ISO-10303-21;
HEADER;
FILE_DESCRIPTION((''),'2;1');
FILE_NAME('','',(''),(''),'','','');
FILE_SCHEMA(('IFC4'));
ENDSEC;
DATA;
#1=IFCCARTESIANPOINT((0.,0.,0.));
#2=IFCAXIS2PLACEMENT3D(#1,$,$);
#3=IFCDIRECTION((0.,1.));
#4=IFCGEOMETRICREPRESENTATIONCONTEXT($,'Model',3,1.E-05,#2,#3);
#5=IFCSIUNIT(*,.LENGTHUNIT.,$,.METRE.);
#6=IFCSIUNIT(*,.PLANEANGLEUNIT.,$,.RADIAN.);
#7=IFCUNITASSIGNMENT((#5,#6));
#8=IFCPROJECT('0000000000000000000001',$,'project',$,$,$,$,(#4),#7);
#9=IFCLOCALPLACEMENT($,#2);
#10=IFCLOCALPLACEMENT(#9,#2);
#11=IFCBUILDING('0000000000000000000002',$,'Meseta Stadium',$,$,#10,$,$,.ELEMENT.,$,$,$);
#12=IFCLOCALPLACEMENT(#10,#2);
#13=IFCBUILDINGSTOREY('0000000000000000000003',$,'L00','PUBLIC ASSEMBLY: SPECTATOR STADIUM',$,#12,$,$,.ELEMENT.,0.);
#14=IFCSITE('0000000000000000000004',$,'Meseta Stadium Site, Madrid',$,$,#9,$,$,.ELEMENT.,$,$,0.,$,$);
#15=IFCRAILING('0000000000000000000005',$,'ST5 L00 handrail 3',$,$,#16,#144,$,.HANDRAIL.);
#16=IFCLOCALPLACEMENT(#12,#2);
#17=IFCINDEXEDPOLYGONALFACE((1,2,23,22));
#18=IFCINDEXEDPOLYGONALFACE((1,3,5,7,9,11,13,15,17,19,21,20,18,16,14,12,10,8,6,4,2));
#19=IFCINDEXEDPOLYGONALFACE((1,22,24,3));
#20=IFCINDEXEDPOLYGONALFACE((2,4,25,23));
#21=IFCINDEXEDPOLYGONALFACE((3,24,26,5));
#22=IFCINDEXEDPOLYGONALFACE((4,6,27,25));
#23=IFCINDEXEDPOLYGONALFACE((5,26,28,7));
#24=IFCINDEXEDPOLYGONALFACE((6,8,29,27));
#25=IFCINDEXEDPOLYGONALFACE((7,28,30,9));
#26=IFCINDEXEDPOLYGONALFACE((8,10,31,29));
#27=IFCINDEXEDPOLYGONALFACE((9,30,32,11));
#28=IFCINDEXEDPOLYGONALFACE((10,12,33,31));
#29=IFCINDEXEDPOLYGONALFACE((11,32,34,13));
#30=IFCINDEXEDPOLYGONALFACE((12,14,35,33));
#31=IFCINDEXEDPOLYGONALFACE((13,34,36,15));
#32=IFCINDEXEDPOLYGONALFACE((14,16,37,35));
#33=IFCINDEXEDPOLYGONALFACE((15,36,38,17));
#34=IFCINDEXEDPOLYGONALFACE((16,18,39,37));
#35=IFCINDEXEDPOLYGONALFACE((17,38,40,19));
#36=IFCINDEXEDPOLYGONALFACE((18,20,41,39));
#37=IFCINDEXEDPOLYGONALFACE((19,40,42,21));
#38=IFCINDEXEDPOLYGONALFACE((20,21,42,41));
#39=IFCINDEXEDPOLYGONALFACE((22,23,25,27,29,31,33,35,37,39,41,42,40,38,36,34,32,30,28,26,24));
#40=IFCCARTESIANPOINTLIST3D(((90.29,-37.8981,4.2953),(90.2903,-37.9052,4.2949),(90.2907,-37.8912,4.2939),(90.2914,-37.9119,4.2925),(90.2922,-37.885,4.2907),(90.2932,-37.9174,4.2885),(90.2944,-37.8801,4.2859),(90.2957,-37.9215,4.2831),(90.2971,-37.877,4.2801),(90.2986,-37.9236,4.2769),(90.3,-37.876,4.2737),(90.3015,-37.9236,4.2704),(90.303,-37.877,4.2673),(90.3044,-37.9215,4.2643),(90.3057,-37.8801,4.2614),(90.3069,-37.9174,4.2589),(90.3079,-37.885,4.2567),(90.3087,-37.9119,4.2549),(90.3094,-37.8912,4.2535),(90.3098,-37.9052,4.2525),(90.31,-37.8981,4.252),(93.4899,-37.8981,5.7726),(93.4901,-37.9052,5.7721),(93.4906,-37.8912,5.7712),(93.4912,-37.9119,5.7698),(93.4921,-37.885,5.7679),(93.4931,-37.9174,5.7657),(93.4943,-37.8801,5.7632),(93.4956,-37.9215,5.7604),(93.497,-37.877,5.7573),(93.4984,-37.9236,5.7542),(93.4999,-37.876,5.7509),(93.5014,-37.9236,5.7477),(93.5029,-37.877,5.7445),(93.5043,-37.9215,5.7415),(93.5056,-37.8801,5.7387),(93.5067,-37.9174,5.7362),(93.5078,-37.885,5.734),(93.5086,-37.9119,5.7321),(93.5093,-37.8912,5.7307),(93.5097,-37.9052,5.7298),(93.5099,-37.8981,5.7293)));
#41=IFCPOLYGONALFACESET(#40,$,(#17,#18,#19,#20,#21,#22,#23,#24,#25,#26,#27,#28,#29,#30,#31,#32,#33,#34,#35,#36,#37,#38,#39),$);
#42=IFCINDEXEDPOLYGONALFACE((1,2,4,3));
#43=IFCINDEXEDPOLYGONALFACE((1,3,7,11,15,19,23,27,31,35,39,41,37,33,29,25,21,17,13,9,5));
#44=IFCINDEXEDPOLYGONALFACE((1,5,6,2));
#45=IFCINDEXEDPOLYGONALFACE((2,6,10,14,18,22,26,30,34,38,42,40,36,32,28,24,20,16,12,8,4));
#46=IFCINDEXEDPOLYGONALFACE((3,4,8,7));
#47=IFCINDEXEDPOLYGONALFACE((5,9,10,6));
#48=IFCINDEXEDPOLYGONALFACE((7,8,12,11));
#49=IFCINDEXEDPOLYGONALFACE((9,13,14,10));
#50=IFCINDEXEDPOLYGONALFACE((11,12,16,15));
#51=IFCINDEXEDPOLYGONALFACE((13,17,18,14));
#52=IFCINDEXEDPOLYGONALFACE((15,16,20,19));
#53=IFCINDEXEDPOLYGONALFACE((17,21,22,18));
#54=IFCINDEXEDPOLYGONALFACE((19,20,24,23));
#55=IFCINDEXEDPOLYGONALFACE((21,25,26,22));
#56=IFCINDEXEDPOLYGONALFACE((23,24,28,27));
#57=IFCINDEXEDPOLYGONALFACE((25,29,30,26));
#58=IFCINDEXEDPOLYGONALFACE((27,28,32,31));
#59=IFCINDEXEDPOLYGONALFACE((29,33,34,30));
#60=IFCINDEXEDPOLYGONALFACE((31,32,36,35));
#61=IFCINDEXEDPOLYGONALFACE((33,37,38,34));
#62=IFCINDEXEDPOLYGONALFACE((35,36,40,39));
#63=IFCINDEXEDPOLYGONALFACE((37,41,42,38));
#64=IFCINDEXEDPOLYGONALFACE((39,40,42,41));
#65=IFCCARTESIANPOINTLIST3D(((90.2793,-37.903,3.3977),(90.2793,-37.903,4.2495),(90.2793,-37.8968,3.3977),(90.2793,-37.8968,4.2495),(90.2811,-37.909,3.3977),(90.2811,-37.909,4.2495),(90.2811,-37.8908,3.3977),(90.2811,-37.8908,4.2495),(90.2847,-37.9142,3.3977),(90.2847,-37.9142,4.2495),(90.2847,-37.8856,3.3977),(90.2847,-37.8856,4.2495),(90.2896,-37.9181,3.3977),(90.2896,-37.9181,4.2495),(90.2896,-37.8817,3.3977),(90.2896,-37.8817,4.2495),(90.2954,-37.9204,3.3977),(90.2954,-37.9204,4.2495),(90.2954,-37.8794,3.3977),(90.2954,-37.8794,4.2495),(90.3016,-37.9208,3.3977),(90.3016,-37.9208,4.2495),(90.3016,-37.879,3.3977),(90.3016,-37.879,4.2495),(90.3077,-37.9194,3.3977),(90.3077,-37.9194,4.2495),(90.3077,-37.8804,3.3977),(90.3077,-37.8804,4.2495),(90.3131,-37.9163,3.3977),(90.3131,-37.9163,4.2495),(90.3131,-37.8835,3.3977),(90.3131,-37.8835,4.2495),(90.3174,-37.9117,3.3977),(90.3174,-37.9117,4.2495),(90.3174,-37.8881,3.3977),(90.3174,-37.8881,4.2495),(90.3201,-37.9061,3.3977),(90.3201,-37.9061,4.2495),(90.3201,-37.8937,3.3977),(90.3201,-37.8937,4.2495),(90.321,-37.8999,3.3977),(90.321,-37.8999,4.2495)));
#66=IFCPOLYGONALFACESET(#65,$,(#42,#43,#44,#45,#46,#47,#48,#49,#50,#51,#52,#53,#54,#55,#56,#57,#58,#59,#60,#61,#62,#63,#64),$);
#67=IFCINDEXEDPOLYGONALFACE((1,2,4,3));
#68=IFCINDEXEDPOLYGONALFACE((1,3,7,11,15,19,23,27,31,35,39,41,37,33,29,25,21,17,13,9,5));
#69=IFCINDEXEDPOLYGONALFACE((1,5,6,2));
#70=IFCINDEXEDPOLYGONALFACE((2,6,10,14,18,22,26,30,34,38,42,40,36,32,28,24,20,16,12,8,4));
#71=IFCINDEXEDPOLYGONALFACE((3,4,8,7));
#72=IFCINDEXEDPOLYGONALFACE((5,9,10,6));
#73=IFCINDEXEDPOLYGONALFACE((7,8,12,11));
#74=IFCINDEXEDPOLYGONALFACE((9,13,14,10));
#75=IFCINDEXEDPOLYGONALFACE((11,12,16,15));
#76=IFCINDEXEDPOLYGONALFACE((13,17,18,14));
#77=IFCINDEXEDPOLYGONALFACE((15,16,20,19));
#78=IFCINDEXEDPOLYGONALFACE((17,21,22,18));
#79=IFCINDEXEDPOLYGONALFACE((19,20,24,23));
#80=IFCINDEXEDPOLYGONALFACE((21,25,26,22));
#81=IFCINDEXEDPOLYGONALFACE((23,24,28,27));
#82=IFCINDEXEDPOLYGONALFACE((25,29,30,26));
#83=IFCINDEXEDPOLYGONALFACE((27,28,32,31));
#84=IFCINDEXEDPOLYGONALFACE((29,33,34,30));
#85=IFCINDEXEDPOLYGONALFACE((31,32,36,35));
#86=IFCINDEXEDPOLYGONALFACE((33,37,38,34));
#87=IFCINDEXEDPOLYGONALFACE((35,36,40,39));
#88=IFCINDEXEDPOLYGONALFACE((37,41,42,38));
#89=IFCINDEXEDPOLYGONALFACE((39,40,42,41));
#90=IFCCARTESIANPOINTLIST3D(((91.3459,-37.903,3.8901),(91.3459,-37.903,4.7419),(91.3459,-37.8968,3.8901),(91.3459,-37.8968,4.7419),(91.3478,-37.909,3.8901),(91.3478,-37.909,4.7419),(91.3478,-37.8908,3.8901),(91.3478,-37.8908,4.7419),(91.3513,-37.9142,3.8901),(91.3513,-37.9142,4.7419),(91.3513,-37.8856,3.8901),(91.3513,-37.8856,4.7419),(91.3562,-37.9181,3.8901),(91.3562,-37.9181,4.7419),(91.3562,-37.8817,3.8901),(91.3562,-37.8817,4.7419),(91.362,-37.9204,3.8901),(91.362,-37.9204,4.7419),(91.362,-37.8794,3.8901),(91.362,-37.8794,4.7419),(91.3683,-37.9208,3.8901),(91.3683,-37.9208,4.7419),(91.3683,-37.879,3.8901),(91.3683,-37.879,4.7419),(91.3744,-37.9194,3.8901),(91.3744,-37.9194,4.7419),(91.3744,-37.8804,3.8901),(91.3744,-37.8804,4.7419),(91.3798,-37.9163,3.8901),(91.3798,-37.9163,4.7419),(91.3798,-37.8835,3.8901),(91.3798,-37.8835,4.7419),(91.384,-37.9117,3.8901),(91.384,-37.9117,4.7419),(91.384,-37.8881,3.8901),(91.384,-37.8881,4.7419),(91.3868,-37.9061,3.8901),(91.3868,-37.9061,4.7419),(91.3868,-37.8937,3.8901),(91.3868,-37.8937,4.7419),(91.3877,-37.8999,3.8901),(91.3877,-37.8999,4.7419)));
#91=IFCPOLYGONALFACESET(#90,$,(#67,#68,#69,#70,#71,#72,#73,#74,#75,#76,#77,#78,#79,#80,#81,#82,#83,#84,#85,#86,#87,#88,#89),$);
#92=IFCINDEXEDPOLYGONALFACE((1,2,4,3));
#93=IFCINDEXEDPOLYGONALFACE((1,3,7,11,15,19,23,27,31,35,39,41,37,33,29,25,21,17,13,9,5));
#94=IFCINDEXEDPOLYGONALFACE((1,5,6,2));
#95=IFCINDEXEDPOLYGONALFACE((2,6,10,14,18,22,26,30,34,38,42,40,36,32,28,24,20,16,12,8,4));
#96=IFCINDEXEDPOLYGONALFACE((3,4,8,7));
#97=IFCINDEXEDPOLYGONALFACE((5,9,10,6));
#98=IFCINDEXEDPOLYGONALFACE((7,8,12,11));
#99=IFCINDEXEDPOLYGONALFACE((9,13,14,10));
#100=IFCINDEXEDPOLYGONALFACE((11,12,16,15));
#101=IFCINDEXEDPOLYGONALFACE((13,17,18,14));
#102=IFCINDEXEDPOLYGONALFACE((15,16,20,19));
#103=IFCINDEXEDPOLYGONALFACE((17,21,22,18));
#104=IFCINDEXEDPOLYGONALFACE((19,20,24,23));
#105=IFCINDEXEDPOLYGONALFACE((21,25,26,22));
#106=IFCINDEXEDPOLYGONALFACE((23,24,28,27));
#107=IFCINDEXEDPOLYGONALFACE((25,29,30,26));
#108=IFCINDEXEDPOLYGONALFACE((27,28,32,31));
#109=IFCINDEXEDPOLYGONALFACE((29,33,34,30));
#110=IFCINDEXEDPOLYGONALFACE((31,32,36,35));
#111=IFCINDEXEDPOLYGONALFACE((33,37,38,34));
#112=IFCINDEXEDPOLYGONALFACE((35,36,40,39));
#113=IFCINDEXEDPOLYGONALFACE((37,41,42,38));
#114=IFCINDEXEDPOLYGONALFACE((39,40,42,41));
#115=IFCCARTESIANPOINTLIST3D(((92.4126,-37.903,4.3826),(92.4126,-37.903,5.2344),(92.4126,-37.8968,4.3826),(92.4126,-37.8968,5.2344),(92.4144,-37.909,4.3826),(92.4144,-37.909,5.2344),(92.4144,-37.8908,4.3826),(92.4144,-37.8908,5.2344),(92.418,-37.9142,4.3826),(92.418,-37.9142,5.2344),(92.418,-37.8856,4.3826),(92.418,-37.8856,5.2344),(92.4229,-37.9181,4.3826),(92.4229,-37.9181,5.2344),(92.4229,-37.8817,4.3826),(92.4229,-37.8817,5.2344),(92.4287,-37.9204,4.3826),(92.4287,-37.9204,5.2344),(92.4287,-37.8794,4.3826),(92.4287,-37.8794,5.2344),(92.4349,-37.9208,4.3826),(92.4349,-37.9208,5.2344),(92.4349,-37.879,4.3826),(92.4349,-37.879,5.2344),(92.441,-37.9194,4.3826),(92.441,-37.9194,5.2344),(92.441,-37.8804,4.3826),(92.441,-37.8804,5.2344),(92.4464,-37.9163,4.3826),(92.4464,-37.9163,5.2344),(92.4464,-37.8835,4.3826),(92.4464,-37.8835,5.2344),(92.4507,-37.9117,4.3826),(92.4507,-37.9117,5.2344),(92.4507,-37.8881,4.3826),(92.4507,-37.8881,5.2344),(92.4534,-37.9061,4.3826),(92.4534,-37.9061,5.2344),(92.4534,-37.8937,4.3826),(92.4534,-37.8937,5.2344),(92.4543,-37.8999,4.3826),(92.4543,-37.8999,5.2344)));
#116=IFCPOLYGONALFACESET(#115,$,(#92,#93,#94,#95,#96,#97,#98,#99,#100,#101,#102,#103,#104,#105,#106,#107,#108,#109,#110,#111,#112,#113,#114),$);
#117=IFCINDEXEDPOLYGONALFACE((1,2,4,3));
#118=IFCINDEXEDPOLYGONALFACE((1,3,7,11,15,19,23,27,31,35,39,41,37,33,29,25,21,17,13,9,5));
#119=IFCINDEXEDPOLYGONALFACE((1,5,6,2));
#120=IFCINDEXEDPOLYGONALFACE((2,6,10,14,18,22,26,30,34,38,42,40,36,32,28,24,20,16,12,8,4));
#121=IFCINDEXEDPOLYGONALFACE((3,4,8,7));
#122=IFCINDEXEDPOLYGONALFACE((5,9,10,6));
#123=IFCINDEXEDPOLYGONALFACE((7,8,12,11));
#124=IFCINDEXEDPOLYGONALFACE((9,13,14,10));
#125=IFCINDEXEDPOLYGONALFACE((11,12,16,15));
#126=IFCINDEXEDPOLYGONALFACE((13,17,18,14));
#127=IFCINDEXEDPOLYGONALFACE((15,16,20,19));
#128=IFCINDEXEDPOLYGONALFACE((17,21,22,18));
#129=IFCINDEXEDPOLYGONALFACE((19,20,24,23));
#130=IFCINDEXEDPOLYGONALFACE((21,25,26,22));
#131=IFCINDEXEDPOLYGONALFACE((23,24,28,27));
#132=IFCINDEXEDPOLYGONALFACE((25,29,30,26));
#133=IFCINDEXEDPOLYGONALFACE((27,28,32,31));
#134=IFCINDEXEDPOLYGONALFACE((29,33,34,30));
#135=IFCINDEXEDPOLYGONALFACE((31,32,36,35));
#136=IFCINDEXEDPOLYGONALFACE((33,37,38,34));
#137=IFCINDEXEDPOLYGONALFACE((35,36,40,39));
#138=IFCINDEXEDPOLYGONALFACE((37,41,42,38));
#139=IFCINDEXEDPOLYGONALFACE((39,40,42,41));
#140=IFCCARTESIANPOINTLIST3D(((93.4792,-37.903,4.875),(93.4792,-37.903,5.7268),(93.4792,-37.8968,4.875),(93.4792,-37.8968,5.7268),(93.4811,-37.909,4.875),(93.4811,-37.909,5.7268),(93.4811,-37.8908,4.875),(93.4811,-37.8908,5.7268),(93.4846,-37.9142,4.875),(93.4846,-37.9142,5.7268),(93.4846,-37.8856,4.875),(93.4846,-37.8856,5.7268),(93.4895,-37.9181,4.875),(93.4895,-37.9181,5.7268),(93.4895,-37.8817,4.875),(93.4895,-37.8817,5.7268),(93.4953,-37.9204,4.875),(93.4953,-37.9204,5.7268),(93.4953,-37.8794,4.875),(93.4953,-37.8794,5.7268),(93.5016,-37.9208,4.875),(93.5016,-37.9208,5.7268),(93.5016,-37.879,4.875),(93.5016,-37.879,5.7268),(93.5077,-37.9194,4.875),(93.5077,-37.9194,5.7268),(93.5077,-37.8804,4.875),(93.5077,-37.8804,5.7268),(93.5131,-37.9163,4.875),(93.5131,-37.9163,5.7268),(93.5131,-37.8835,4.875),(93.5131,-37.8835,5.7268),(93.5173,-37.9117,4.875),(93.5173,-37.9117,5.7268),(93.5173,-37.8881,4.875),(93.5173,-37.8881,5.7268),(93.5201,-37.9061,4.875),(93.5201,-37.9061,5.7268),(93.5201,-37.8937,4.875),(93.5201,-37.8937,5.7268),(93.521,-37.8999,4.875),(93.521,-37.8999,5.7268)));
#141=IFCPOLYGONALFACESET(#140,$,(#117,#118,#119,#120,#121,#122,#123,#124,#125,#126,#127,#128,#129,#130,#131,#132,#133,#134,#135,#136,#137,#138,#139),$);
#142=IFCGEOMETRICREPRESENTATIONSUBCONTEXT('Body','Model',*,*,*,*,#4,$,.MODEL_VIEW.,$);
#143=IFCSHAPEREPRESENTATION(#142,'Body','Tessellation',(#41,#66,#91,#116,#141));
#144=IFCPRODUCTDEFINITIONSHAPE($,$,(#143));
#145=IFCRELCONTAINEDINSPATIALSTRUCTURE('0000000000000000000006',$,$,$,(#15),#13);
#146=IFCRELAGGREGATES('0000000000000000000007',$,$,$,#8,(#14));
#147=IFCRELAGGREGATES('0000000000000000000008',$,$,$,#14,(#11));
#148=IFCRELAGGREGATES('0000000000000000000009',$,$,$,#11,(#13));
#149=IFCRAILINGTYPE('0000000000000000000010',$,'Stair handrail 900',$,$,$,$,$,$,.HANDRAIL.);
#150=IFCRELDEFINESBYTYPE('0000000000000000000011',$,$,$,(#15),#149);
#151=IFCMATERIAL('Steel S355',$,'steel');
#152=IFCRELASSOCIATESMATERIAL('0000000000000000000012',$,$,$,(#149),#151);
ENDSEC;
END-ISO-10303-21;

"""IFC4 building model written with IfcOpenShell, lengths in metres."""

from ifc_helpers import new_model, si_unit, direction, frame, origin, origin_2d, place, context, subcontext, project, spatial, circle, extrude, material, type_object, element, save


model = new_model("IFC4")

# Units and contexts
model_context = context("Model", 3, precision=1e-05, world=origin(), true_north=direction((0.0, 1.0)))
body_context = subcontext(model_context, "Body", "Model", "MODEL_VIEW")
ifc_project = project(units=[si_unit("LENGTHUNIT", "METRE"), si_unit("PLANEANGLEUNIT", "RADIAN")], contexts=[model_context])

# Site, building, storey
site_placement = place(None, origin())
site = spatial("IfcSite", under=ifc_project, at=site_placement, Name="Meseta Stadium Site, Madrid", CompositionType="ELEMENT", RefElevation=0.0)
building_placement = place(site_placement, origin())
building = spatial("IfcBuilding", under=site, at=building_placement, Name="Meseta Stadium", CompositionType="ELEMENT")
storey_placement = place(building_placement, origin())
storey = spatial("IfcBuildingStorey", under=building, at=storey_placement, Name="L00", Description="PUBLIC ASSEMBLY: SPECTATOR STADIUM", CompositionType="ELEMENT", Elevation=0.0)

# Railing
ifc_material_1 = material(Name="Steel S355", Category="steel")
railing_type_1 = type_object("IfcRailingType", Name="Stair handrail 900", PredefinedType="HANDRAIL", material=ifc_material_1)
for number, where, name in (
    (1, (90.3, -37.8999, 3.3977), "ST5 L00 handrail 3"),
):
    element("IfcRailing", number, at=place(storey_placement, frame(where)), inside=storey, type_object=railing_type_1, Name=name, PredefinedType="HANDRAIL", context=body_context, shape_type="SweptSolid", body=[
        extrude(circle(Radius=0.0239, at=origin_2d()), frame((0.0, 0.0, 0.876), z_axis=(0.907917, 0.0, 0.41915), x_axis=(0.0, 1.0, 0.0)), (0.0, 0.0, 1.0), 3.5244),
        extrude(circle(Radius=0.021, at=origin_2d()), origin(), (0.0, 0.0, 1.0), 0.8518),
        extrude(circle(Radius=0.021, at=origin_2d()), frame((1.0667, 0.0, 0.4924)), (0.0, 0.0, 1.0), 0.8518),
        extrude(circle(Radius=0.021, at=origin_2d()), frame((2.1333, 0.0, 0.9849)), (0.0, 0.0, 1.0), 0.8518),
        extrude(circle(Radius=0.021, at=origin_2d()), frame((3.2, 0.0, 1.4773)), (0.0, 0.0, 1.0), 0.8518),
    ])

save(model, "model.ifc")
